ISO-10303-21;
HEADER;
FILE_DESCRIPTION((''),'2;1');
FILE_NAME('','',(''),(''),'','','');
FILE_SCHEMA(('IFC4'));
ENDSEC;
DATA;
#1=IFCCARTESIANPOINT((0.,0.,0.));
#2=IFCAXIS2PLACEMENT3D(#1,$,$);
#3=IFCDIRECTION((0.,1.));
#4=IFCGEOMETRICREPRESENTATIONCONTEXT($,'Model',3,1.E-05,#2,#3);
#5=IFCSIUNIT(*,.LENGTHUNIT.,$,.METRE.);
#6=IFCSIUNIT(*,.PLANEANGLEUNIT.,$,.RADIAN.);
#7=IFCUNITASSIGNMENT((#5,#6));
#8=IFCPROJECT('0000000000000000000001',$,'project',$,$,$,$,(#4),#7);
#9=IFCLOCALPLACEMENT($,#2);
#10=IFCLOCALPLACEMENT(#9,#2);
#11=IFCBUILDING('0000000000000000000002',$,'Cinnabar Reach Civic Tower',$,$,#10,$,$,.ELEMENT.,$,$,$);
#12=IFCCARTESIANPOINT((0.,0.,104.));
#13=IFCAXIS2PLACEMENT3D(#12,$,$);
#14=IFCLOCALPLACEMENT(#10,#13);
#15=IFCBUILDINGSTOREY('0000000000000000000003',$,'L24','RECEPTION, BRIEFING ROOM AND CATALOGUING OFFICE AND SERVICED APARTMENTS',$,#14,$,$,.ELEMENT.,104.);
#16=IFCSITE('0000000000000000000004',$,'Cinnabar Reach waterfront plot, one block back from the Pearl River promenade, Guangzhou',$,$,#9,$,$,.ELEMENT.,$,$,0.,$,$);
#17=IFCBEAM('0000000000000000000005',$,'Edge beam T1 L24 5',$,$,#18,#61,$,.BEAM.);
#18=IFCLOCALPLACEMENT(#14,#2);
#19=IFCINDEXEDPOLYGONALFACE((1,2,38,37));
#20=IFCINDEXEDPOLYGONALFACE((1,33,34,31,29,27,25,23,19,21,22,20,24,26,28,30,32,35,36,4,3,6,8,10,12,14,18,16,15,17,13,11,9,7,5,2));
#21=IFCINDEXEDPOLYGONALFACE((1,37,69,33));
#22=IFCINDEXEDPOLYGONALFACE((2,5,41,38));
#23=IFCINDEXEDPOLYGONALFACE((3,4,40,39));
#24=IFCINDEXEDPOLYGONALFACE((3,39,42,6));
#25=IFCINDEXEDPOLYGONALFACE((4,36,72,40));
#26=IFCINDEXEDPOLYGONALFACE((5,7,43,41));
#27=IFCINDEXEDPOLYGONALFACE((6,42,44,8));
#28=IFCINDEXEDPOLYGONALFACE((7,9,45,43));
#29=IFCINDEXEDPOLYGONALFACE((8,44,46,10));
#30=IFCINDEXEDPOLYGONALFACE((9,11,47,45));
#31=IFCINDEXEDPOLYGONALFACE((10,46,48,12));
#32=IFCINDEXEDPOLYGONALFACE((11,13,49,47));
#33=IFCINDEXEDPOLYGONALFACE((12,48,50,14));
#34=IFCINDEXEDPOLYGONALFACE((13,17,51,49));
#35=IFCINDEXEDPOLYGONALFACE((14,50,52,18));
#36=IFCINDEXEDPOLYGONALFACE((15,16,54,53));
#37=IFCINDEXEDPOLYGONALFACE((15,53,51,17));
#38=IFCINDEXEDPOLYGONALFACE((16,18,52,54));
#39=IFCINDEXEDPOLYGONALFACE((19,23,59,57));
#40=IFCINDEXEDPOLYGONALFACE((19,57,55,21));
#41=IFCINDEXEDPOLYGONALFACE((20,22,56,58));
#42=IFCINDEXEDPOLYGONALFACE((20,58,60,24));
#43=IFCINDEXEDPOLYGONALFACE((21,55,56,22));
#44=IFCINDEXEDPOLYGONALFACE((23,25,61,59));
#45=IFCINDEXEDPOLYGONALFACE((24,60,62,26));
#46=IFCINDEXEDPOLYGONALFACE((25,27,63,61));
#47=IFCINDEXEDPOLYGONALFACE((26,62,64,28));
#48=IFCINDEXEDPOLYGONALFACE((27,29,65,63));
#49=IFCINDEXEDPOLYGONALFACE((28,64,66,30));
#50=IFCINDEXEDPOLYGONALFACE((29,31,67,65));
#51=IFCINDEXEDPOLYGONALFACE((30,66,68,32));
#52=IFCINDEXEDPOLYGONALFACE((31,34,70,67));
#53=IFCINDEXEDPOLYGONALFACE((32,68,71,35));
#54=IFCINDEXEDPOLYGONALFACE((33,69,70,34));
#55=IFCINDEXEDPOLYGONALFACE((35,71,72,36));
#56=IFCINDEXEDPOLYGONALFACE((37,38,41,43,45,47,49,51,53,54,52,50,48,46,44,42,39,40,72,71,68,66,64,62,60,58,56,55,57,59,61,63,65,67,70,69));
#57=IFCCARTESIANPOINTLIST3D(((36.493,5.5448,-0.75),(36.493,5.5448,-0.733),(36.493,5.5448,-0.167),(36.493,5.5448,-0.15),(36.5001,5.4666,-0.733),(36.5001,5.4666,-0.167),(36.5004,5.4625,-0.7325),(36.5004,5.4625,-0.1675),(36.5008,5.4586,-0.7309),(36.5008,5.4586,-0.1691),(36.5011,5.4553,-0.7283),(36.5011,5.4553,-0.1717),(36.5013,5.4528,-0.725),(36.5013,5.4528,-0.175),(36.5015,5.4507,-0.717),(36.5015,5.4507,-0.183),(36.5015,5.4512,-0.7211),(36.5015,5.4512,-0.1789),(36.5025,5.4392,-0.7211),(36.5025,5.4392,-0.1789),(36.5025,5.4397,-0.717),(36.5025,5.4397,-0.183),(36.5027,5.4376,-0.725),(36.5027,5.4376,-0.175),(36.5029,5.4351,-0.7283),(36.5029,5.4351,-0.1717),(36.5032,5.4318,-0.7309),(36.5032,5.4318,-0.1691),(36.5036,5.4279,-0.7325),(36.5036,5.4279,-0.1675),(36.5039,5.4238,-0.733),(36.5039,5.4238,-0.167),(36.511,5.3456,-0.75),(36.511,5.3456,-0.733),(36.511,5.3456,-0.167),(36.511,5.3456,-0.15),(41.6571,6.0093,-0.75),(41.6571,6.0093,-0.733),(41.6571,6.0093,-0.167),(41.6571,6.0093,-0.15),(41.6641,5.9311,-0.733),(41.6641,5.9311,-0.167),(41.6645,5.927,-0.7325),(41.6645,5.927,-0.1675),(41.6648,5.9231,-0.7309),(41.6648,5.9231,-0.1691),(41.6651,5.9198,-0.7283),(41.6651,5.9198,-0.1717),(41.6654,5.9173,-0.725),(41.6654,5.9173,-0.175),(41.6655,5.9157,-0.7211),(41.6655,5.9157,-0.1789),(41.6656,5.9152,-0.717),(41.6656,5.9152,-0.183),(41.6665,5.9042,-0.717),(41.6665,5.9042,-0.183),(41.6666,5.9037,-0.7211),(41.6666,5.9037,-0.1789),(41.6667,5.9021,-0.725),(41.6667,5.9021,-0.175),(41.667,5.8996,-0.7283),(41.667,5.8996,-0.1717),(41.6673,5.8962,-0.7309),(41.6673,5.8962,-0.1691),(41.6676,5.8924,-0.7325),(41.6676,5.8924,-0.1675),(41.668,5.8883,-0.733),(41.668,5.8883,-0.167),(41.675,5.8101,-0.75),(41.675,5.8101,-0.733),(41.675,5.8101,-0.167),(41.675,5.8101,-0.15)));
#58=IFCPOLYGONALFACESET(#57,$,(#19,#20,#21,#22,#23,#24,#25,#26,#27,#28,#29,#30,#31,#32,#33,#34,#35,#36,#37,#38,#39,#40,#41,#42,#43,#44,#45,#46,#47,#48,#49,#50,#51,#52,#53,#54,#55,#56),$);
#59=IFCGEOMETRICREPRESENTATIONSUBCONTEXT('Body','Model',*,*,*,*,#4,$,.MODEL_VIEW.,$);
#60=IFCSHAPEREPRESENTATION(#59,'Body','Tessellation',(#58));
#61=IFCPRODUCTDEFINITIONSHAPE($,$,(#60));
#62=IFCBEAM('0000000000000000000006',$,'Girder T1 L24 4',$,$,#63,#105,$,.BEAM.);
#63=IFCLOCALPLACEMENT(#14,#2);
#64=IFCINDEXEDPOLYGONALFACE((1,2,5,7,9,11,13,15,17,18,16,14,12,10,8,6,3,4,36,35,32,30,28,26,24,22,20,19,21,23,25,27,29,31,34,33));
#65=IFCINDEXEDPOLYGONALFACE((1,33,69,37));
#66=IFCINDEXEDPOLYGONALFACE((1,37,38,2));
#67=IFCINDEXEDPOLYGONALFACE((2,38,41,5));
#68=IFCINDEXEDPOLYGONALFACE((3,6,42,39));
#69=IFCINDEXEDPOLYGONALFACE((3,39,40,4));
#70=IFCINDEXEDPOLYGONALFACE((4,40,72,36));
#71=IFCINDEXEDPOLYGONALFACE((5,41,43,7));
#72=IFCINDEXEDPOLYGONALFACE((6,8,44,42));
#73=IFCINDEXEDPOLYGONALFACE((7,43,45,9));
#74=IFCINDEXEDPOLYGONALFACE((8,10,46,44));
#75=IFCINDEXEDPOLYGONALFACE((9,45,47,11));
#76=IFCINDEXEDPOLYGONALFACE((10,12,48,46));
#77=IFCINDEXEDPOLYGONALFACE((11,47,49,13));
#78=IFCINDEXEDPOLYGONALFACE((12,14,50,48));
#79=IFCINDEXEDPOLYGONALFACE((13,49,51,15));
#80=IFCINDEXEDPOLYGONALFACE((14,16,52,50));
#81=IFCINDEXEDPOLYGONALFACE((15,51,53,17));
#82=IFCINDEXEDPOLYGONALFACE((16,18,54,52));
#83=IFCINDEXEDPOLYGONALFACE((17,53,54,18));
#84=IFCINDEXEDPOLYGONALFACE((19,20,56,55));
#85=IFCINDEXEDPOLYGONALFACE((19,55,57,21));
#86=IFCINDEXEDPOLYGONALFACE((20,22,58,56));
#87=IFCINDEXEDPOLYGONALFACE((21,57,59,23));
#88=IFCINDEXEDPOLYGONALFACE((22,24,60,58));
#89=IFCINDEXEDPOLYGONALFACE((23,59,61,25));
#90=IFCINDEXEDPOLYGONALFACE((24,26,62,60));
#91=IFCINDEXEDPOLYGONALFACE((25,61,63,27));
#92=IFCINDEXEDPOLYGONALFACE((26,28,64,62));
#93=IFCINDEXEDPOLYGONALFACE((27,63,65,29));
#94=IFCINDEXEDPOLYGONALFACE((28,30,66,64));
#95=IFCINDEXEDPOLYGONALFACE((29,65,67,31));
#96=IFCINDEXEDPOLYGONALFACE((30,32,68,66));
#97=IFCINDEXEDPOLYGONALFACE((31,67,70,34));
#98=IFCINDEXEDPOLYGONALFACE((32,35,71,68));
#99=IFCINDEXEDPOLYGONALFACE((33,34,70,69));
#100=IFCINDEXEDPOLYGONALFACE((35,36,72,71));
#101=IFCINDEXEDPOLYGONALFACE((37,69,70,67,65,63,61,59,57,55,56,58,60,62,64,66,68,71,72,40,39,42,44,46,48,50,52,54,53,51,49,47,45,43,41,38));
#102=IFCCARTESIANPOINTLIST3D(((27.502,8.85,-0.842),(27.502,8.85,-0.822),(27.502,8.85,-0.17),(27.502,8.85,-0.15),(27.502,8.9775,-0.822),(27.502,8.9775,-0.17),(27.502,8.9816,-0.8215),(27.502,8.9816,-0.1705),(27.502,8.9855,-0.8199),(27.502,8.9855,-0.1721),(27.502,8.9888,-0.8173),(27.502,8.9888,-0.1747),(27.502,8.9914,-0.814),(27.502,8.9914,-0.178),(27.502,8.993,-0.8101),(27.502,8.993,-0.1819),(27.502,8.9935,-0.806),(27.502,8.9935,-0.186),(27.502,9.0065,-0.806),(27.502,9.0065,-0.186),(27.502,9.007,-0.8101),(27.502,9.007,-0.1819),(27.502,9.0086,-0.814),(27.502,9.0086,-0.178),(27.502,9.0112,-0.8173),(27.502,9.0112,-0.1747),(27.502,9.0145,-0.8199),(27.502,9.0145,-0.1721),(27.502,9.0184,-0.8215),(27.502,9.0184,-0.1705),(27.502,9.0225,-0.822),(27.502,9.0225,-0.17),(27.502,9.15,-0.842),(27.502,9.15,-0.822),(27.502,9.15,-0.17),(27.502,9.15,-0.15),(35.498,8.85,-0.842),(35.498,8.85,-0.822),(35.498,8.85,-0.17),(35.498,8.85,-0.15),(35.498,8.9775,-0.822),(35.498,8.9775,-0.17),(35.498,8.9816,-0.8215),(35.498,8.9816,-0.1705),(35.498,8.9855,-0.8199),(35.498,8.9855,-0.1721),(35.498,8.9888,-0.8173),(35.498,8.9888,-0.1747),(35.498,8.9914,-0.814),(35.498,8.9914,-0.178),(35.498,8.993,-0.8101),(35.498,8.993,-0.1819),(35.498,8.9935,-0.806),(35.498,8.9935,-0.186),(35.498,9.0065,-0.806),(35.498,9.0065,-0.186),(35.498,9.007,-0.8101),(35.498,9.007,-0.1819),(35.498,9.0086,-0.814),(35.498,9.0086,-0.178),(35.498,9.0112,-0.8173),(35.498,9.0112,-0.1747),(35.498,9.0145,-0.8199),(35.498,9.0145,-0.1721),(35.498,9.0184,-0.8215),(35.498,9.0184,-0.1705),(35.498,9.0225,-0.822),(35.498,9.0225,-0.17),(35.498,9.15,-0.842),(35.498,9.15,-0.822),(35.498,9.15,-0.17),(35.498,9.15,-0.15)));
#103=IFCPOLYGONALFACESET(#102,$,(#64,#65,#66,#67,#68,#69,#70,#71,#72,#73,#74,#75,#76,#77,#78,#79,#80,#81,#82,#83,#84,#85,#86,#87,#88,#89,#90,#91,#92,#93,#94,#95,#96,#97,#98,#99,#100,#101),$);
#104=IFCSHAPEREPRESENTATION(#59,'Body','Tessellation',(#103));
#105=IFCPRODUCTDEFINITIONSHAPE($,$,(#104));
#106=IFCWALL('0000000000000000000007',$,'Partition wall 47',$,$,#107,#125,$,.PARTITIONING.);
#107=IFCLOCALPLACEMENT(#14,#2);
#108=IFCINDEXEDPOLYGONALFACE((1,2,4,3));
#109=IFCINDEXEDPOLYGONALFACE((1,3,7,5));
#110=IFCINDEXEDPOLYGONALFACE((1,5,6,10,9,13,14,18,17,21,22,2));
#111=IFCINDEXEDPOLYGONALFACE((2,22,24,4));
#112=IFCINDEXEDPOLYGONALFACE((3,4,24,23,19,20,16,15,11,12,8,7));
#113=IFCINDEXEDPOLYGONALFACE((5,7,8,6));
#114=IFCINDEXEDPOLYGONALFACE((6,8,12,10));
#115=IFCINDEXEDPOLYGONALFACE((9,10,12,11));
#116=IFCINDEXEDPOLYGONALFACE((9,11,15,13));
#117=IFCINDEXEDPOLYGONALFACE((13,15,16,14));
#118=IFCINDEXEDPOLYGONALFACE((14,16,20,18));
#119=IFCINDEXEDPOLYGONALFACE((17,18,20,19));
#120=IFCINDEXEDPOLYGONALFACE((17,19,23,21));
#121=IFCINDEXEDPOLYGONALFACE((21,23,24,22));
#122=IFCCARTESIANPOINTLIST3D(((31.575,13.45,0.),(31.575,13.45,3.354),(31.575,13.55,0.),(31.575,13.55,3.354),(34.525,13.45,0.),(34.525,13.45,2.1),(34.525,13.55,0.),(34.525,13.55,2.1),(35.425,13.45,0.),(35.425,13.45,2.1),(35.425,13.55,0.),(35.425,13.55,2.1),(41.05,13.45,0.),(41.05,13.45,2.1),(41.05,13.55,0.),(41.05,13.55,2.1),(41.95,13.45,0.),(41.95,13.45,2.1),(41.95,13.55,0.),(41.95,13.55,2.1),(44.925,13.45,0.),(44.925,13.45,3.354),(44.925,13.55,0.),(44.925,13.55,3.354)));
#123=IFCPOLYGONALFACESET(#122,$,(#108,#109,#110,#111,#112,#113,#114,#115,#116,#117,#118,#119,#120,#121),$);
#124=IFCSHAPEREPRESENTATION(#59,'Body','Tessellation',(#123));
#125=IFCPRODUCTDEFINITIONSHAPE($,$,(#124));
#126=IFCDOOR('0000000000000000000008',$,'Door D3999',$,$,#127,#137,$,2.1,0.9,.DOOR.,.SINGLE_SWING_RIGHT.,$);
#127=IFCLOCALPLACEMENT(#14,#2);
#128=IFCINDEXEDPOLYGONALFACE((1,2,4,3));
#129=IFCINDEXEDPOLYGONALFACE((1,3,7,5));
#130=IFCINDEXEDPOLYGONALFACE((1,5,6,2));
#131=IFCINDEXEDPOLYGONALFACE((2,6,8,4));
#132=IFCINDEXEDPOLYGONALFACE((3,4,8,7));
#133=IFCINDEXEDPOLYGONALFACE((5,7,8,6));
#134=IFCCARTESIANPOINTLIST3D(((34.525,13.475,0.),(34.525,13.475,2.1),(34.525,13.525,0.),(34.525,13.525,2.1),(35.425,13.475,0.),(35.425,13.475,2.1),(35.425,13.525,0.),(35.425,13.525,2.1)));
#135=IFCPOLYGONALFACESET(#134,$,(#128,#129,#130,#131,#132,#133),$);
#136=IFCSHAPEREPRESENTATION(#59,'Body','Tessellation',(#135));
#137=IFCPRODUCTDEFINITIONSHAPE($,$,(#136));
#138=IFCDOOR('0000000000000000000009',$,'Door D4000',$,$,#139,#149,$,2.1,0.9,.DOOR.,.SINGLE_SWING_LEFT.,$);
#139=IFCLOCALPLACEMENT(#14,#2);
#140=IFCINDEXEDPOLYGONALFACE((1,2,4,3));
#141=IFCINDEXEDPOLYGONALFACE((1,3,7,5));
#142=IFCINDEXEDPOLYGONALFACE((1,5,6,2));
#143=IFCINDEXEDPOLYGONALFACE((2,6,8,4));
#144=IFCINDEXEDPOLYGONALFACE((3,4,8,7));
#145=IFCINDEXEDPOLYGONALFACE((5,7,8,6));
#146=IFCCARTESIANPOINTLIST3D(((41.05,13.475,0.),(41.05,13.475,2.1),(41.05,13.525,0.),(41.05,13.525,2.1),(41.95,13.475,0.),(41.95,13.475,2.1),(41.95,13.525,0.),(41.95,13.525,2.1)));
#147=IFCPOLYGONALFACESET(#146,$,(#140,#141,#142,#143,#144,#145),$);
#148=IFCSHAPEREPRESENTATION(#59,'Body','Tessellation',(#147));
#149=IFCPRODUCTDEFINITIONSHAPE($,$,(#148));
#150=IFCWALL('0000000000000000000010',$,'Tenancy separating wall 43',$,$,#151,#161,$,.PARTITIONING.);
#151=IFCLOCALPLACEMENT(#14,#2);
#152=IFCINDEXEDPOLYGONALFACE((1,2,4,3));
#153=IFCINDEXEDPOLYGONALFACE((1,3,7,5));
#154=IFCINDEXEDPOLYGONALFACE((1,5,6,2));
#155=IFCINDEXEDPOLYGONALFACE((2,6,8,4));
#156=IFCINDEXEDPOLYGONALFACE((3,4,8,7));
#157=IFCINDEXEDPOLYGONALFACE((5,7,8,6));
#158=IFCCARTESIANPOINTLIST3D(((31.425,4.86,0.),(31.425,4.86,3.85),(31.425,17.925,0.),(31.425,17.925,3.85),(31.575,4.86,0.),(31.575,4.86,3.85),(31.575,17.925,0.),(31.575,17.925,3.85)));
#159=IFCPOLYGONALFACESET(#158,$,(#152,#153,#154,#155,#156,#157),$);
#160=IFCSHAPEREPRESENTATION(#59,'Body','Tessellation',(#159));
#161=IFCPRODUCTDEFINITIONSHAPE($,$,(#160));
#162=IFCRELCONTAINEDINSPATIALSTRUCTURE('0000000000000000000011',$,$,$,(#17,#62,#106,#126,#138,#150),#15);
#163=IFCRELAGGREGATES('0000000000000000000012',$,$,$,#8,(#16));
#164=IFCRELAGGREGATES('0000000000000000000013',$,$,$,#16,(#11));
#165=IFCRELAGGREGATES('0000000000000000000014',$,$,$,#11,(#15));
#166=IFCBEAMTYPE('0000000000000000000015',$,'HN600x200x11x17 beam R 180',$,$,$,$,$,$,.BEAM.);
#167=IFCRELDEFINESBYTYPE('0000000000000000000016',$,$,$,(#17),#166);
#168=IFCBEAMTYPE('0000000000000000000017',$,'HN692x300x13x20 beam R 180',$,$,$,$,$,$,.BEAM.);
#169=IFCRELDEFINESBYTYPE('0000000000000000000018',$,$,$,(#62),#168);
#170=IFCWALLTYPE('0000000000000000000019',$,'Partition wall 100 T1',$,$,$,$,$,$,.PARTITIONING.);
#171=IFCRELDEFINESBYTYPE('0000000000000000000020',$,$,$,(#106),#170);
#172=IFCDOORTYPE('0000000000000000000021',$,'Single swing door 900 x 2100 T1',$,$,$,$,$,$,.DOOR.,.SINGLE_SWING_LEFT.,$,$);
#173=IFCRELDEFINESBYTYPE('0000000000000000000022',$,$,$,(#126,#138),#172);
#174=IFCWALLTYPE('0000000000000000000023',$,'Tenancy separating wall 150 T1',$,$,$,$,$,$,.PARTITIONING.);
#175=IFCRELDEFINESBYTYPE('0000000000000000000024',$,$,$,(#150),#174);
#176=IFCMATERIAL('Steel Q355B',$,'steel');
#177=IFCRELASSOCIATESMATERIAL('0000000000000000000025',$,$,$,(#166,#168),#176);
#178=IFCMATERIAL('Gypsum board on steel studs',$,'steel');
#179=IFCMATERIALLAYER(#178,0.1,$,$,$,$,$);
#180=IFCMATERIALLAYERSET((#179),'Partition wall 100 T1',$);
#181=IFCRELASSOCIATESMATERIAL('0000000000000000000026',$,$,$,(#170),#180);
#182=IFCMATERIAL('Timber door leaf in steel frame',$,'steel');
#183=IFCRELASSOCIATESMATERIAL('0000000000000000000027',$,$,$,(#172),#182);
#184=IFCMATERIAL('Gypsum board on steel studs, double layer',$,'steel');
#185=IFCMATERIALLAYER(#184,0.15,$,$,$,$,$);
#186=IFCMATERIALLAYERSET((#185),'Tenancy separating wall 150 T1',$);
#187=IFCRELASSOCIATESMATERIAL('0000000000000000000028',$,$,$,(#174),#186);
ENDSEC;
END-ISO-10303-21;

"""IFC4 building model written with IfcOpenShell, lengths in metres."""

from ifc_helpers import new_model, si_unit, direction, frame, frame_2d, origin, origin_2d, place, context, subcontext, project, spatial, rectangle, i_section, extrude, material, layer, layer_set, material_profile, profile_set, type_object, element, fill, save


model = new_model("IFC4")

# Units and contexts
model_context = context("Model", 3, precision=1e-05, world=origin(), true_north=direction((0.0, 1.0)))
body_context = subcontext(model_context, "Body", "Model", "MODEL_VIEW")
ifc_project = project(units=[si_unit("LENGTHUNIT", "METRE"), si_unit("PLANEANGLEUNIT", "RADIAN")], contexts=[model_context])

# Site, building, storey
site_placement = place(None, origin())
site = spatial("IfcSite", under=ifc_project, at=site_placement, Name="Cinnabar Reach waterfront plot, one block back from the Pearl River promenade, Guangzhou", CompositionType="ELEMENT", RefElevation=0.0)
building_placement = place(site_placement, origin())
building = spatial("IfcBuilding", under=site, at=building_placement, Name="Cinnabar Reach Civic Tower", CompositionType="ELEMENT")
storey_placement = place(building_placement, frame((0.0, 0.0, 104.0)))
storey = spatial("IfcBuildingStorey", under=building, at=storey_placement, Name="L24", Description="RECEPTION, BRIEFING ROOM AND CATALOGUING OFFICE AND SERVICED APARTMENTS", CompositionType="ELEMENT", Elevation=104.0)

# Beams
ifc_material_1 = material(Name="Steel Q355B", Category="steel")
ifc_material_profile_1 = material_profile(ifc_material_1, i_section(OverallWidth=0.2, OverallDepth=0.6, WebThickness=0.011, FlangeThickness=0.017, FilletRadius=0.016, at=origin_2d()), Name="HN600x200x11x17")
ifc_profile_set_1 = profile_set([ifc_material_profile_1], Name="Steel Q355B")
beam_type_1 = type_object("IfcBeamType", Name="HN600x200x11x17 beam R 180", PredefinedType="BEAM", material=ifc_profile_set_1)
beam_1_placement = place(storey_placement, frame((36.502, 5.4452, -0.45), z_axis=(0.995979, 0.089586, 0.0), x_axis=(-0.089586, 0.995979, 0.0)))
element("IfcBeam", 1, at=beam_1_placement, inside=storey, type_object=beam_type_1, Name="Edge beam T1 L24 5", PredefinedType="BEAM", context=body_context, shape_type="SweptSolid", body=[
    extrude(i_section(OverallWidth=0.2, OverallDepth=0.6, WebThickness=0.011, FlangeThickness=0.017, FilletRadius=0.016, at=origin_2d()), origin(), (0.0, 0.0, 1.0), 5.1849),
])
ifc_material_profile_2 = material_profile(ifc_material_1, i_section(OverallWidth=0.3, OverallDepth=0.692, WebThickness=0.013, FlangeThickness=0.02, FilletRadius=0.016, at=origin_2d()), Name="HN692x300x13x20")
ifc_profile_set_2 = profile_set([ifc_material_profile_2], Name="Steel Q355B")
beam_type_2 = type_object("IfcBeamType", Name="HN692x300x13x20 beam R 180", PredefinedType="BEAM", material=ifc_profile_set_2)
beam_2_placement = place(storey_placement, frame((27.502, 9.0, -0.496), z_axis=(1.0, 0.0, 0.0), x_axis=(0.0, 1.0, 0.0)))
element("IfcBeam", 2, at=beam_2_placement, inside=storey, type_object=beam_type_2, Name="Girder T1 L24 4", PredefinedType="BEAM", context=body_context, shape_type="SweptSolid", body=[
    extrude(i_section(OverallWidth=0.3, OverallDepth=0.692, WebThickness=0.013, FlangeThickness=0.02, FilletRadius=0.016, at=origin_2d()), origin(), (0.0, 0.0, 1.0), 7.996),
])

# Wall, openings, doors
ifc_material_2 = material(Name="Gypsum board on steel studs", Category="steel")
ifc_layer_1 = layer(ifc_material_2, 0.1)
ifc_layer_set_1 = layer_set([ifc_layer_1], Name="Partition wall 100 T1")
wall_type_1 = type_object("IfcWallType", Name="Partition wall 100 T1", PredefinedType="PARTITIONING", material=ifc_layer_set_1)
wall_1_placement = place(storey_placement, frame((31.575, 13.5, 0.0), z_axis=(0.0, 0.0, 1.0), x_axis=(1.0, 0.0, 0.0)))
wall_1 = element("IfcWall", 3, at=wall_1_placement, inside=storey, type_object=wall_type_1, Name="Partition wall 47", PredefinedType="PARTITIONING", context=body_context, shape_type="SweptSolid", body=[
    extrude(rectangle(XDim=13.35, YDim=0.1, at=frame_2d((6.675, 0.0))), origin(), (0.0, 0.0, 1.0), 3.354),
])
opening_1_placement = place(wall_1_placement, frame((2.95, 0.0, 0.0)))
opening_1 = element("IfcOpeningElement", 4, at=opening_1_placement, cuts=wall_1, PredefinedType="OPENING", context=body_context, shape_type="SweptSolid", body=[
    extrude(rectangle(XDim=0.9, YDim=2.1, at=frame_2d((0.45, 1.05))), frame((0.0, 0.06, 0.0), z_axis=(0.0, -1.0, 0.0), x_axis=(1.0, 0.0, 0.0)), (0.0, 0.0, 1.0), 0.12),
])
opening_2_placement = place(wall_1_placement, frame((9.475, 0.0, 0.0)))
opening_2 = element("IfcOpeningElement", 5, at=opening_2_placement, cuts=wall_1, PredefinedType="OPENING", context=body_context, shape_type="SweptSolid", body=[
    extrude(rectangle(XDim=0.9, YDim=2.1, at=frame_2d((0.45, 1.05))), frame((0.0, 0.06, 0.0), z_axis=(0.0, -1.0, 0.0), x_axis=(1.0, 0.0, 0.0)), (0.0, 0.0, 1.0), 0.12),
])
ifc_material_3 = material(Name="Timber door leaf in steel frame", Category="steel")
door_type = type_object("IfcDoorType", Name="Single swing door 900 x 2100 T1", OperationType="SINGLE_SWING_LEFT", PredefinedType="DOOR", material=ifc_material_3)
door_1_placement = place(opening_1_placement, frame((0.9, 0.0, 0.0), z_axis=(0.0, 0.0, 1.0), x_axis=(-1.0, 0.0, 0.0)))
door_1 = element("IfcDoor", 6, at=door_1_placement, inside=storey, type_object=door_type, Name="Door D3999", OperationType="SINGLE_SWING_RIGHT", OverallHeight=2.1, OverallWidth=0.9, PredefinedType="DOOR", context=body_context, shape_type="SweptSolid", body=[
    extrude(rectangle(XDim=0.9, YDim=2.1, at=frame_2d((0.45, 1.05))), frame((0.0, 0.025, 0.0), z_axis=(0.0, -1.0, 0.0), x_axis=(1.0, 0.0, 0.0)), (0.0, 0.0, 1.0), 0.05),
])
fill(opening_1, door_1)
door_2_placement = place(opening_2_placement, frame((0.9, 0.0, 0.0), z_axis=(0.0, 0.0, 1.0), x_axis=(-1.0, 0.0, 0.0)))
door_2 = element("IfcDoor", 7, at=door_2_placement, inside=storey, type_object=door_type, Name="Door D4000", OperationType="SINGLE_SWING_LEFT", OverallHeight=2.1, OverallWidth=0.9, PredefinedType="DOOR", context=body_context, shape_type="SweptSolid", body=[
    extrude(rectangle(XDim=0.9, YDim=2.1, at=frame_2d((0.45, 1.05))), frame((0.0, 0.025, 0.0), z_axis=(0.0, -1.0, 0.0), x_axis=(1.0, 0.0, 0.0)), (0.0, 0.0, 1.0), 0.05),
])
fill(opening_2, door_2)

# Wall
ifc_material_4 = material(Name="Gypsum board on steel studs, double layer", Category="steel")
ifc_layer_2 = layer(ifc_material_4, 0.15)
ifc_layer_set_2 = layer_set([ifc_layer_2], Name="Tenancy separating wall 150 T1")
wall_type_2 = type_object("IfcWallType", Name="Tenancy separating wall 150 T1", PredefinedType="PARTITIONING", material=ifc_layer_set_2)
wall_2_placement = place(storey_placement, frame((31.5, 4.86, 0.0), z_axis=(0.0, 0.0, 1.0), x_axis=(0.0, 1.0, 0.0)))
element("IfcWall", 8, at=wall_2_placement, inside=storey, type_object=wall_type_2, Name="Tenancy separating wall 43", PredefinedType="PARTITIONING", context=body_context, shape_type="SweptSolid", body=[
    extrude(rectangle(XDim=13.065, YDim=0.15, at=frame_2d((6.5325, 0.0))), origin(), (0.0, 0.0, 1.0), 3.85),
])

save(model, "model.ifc")
